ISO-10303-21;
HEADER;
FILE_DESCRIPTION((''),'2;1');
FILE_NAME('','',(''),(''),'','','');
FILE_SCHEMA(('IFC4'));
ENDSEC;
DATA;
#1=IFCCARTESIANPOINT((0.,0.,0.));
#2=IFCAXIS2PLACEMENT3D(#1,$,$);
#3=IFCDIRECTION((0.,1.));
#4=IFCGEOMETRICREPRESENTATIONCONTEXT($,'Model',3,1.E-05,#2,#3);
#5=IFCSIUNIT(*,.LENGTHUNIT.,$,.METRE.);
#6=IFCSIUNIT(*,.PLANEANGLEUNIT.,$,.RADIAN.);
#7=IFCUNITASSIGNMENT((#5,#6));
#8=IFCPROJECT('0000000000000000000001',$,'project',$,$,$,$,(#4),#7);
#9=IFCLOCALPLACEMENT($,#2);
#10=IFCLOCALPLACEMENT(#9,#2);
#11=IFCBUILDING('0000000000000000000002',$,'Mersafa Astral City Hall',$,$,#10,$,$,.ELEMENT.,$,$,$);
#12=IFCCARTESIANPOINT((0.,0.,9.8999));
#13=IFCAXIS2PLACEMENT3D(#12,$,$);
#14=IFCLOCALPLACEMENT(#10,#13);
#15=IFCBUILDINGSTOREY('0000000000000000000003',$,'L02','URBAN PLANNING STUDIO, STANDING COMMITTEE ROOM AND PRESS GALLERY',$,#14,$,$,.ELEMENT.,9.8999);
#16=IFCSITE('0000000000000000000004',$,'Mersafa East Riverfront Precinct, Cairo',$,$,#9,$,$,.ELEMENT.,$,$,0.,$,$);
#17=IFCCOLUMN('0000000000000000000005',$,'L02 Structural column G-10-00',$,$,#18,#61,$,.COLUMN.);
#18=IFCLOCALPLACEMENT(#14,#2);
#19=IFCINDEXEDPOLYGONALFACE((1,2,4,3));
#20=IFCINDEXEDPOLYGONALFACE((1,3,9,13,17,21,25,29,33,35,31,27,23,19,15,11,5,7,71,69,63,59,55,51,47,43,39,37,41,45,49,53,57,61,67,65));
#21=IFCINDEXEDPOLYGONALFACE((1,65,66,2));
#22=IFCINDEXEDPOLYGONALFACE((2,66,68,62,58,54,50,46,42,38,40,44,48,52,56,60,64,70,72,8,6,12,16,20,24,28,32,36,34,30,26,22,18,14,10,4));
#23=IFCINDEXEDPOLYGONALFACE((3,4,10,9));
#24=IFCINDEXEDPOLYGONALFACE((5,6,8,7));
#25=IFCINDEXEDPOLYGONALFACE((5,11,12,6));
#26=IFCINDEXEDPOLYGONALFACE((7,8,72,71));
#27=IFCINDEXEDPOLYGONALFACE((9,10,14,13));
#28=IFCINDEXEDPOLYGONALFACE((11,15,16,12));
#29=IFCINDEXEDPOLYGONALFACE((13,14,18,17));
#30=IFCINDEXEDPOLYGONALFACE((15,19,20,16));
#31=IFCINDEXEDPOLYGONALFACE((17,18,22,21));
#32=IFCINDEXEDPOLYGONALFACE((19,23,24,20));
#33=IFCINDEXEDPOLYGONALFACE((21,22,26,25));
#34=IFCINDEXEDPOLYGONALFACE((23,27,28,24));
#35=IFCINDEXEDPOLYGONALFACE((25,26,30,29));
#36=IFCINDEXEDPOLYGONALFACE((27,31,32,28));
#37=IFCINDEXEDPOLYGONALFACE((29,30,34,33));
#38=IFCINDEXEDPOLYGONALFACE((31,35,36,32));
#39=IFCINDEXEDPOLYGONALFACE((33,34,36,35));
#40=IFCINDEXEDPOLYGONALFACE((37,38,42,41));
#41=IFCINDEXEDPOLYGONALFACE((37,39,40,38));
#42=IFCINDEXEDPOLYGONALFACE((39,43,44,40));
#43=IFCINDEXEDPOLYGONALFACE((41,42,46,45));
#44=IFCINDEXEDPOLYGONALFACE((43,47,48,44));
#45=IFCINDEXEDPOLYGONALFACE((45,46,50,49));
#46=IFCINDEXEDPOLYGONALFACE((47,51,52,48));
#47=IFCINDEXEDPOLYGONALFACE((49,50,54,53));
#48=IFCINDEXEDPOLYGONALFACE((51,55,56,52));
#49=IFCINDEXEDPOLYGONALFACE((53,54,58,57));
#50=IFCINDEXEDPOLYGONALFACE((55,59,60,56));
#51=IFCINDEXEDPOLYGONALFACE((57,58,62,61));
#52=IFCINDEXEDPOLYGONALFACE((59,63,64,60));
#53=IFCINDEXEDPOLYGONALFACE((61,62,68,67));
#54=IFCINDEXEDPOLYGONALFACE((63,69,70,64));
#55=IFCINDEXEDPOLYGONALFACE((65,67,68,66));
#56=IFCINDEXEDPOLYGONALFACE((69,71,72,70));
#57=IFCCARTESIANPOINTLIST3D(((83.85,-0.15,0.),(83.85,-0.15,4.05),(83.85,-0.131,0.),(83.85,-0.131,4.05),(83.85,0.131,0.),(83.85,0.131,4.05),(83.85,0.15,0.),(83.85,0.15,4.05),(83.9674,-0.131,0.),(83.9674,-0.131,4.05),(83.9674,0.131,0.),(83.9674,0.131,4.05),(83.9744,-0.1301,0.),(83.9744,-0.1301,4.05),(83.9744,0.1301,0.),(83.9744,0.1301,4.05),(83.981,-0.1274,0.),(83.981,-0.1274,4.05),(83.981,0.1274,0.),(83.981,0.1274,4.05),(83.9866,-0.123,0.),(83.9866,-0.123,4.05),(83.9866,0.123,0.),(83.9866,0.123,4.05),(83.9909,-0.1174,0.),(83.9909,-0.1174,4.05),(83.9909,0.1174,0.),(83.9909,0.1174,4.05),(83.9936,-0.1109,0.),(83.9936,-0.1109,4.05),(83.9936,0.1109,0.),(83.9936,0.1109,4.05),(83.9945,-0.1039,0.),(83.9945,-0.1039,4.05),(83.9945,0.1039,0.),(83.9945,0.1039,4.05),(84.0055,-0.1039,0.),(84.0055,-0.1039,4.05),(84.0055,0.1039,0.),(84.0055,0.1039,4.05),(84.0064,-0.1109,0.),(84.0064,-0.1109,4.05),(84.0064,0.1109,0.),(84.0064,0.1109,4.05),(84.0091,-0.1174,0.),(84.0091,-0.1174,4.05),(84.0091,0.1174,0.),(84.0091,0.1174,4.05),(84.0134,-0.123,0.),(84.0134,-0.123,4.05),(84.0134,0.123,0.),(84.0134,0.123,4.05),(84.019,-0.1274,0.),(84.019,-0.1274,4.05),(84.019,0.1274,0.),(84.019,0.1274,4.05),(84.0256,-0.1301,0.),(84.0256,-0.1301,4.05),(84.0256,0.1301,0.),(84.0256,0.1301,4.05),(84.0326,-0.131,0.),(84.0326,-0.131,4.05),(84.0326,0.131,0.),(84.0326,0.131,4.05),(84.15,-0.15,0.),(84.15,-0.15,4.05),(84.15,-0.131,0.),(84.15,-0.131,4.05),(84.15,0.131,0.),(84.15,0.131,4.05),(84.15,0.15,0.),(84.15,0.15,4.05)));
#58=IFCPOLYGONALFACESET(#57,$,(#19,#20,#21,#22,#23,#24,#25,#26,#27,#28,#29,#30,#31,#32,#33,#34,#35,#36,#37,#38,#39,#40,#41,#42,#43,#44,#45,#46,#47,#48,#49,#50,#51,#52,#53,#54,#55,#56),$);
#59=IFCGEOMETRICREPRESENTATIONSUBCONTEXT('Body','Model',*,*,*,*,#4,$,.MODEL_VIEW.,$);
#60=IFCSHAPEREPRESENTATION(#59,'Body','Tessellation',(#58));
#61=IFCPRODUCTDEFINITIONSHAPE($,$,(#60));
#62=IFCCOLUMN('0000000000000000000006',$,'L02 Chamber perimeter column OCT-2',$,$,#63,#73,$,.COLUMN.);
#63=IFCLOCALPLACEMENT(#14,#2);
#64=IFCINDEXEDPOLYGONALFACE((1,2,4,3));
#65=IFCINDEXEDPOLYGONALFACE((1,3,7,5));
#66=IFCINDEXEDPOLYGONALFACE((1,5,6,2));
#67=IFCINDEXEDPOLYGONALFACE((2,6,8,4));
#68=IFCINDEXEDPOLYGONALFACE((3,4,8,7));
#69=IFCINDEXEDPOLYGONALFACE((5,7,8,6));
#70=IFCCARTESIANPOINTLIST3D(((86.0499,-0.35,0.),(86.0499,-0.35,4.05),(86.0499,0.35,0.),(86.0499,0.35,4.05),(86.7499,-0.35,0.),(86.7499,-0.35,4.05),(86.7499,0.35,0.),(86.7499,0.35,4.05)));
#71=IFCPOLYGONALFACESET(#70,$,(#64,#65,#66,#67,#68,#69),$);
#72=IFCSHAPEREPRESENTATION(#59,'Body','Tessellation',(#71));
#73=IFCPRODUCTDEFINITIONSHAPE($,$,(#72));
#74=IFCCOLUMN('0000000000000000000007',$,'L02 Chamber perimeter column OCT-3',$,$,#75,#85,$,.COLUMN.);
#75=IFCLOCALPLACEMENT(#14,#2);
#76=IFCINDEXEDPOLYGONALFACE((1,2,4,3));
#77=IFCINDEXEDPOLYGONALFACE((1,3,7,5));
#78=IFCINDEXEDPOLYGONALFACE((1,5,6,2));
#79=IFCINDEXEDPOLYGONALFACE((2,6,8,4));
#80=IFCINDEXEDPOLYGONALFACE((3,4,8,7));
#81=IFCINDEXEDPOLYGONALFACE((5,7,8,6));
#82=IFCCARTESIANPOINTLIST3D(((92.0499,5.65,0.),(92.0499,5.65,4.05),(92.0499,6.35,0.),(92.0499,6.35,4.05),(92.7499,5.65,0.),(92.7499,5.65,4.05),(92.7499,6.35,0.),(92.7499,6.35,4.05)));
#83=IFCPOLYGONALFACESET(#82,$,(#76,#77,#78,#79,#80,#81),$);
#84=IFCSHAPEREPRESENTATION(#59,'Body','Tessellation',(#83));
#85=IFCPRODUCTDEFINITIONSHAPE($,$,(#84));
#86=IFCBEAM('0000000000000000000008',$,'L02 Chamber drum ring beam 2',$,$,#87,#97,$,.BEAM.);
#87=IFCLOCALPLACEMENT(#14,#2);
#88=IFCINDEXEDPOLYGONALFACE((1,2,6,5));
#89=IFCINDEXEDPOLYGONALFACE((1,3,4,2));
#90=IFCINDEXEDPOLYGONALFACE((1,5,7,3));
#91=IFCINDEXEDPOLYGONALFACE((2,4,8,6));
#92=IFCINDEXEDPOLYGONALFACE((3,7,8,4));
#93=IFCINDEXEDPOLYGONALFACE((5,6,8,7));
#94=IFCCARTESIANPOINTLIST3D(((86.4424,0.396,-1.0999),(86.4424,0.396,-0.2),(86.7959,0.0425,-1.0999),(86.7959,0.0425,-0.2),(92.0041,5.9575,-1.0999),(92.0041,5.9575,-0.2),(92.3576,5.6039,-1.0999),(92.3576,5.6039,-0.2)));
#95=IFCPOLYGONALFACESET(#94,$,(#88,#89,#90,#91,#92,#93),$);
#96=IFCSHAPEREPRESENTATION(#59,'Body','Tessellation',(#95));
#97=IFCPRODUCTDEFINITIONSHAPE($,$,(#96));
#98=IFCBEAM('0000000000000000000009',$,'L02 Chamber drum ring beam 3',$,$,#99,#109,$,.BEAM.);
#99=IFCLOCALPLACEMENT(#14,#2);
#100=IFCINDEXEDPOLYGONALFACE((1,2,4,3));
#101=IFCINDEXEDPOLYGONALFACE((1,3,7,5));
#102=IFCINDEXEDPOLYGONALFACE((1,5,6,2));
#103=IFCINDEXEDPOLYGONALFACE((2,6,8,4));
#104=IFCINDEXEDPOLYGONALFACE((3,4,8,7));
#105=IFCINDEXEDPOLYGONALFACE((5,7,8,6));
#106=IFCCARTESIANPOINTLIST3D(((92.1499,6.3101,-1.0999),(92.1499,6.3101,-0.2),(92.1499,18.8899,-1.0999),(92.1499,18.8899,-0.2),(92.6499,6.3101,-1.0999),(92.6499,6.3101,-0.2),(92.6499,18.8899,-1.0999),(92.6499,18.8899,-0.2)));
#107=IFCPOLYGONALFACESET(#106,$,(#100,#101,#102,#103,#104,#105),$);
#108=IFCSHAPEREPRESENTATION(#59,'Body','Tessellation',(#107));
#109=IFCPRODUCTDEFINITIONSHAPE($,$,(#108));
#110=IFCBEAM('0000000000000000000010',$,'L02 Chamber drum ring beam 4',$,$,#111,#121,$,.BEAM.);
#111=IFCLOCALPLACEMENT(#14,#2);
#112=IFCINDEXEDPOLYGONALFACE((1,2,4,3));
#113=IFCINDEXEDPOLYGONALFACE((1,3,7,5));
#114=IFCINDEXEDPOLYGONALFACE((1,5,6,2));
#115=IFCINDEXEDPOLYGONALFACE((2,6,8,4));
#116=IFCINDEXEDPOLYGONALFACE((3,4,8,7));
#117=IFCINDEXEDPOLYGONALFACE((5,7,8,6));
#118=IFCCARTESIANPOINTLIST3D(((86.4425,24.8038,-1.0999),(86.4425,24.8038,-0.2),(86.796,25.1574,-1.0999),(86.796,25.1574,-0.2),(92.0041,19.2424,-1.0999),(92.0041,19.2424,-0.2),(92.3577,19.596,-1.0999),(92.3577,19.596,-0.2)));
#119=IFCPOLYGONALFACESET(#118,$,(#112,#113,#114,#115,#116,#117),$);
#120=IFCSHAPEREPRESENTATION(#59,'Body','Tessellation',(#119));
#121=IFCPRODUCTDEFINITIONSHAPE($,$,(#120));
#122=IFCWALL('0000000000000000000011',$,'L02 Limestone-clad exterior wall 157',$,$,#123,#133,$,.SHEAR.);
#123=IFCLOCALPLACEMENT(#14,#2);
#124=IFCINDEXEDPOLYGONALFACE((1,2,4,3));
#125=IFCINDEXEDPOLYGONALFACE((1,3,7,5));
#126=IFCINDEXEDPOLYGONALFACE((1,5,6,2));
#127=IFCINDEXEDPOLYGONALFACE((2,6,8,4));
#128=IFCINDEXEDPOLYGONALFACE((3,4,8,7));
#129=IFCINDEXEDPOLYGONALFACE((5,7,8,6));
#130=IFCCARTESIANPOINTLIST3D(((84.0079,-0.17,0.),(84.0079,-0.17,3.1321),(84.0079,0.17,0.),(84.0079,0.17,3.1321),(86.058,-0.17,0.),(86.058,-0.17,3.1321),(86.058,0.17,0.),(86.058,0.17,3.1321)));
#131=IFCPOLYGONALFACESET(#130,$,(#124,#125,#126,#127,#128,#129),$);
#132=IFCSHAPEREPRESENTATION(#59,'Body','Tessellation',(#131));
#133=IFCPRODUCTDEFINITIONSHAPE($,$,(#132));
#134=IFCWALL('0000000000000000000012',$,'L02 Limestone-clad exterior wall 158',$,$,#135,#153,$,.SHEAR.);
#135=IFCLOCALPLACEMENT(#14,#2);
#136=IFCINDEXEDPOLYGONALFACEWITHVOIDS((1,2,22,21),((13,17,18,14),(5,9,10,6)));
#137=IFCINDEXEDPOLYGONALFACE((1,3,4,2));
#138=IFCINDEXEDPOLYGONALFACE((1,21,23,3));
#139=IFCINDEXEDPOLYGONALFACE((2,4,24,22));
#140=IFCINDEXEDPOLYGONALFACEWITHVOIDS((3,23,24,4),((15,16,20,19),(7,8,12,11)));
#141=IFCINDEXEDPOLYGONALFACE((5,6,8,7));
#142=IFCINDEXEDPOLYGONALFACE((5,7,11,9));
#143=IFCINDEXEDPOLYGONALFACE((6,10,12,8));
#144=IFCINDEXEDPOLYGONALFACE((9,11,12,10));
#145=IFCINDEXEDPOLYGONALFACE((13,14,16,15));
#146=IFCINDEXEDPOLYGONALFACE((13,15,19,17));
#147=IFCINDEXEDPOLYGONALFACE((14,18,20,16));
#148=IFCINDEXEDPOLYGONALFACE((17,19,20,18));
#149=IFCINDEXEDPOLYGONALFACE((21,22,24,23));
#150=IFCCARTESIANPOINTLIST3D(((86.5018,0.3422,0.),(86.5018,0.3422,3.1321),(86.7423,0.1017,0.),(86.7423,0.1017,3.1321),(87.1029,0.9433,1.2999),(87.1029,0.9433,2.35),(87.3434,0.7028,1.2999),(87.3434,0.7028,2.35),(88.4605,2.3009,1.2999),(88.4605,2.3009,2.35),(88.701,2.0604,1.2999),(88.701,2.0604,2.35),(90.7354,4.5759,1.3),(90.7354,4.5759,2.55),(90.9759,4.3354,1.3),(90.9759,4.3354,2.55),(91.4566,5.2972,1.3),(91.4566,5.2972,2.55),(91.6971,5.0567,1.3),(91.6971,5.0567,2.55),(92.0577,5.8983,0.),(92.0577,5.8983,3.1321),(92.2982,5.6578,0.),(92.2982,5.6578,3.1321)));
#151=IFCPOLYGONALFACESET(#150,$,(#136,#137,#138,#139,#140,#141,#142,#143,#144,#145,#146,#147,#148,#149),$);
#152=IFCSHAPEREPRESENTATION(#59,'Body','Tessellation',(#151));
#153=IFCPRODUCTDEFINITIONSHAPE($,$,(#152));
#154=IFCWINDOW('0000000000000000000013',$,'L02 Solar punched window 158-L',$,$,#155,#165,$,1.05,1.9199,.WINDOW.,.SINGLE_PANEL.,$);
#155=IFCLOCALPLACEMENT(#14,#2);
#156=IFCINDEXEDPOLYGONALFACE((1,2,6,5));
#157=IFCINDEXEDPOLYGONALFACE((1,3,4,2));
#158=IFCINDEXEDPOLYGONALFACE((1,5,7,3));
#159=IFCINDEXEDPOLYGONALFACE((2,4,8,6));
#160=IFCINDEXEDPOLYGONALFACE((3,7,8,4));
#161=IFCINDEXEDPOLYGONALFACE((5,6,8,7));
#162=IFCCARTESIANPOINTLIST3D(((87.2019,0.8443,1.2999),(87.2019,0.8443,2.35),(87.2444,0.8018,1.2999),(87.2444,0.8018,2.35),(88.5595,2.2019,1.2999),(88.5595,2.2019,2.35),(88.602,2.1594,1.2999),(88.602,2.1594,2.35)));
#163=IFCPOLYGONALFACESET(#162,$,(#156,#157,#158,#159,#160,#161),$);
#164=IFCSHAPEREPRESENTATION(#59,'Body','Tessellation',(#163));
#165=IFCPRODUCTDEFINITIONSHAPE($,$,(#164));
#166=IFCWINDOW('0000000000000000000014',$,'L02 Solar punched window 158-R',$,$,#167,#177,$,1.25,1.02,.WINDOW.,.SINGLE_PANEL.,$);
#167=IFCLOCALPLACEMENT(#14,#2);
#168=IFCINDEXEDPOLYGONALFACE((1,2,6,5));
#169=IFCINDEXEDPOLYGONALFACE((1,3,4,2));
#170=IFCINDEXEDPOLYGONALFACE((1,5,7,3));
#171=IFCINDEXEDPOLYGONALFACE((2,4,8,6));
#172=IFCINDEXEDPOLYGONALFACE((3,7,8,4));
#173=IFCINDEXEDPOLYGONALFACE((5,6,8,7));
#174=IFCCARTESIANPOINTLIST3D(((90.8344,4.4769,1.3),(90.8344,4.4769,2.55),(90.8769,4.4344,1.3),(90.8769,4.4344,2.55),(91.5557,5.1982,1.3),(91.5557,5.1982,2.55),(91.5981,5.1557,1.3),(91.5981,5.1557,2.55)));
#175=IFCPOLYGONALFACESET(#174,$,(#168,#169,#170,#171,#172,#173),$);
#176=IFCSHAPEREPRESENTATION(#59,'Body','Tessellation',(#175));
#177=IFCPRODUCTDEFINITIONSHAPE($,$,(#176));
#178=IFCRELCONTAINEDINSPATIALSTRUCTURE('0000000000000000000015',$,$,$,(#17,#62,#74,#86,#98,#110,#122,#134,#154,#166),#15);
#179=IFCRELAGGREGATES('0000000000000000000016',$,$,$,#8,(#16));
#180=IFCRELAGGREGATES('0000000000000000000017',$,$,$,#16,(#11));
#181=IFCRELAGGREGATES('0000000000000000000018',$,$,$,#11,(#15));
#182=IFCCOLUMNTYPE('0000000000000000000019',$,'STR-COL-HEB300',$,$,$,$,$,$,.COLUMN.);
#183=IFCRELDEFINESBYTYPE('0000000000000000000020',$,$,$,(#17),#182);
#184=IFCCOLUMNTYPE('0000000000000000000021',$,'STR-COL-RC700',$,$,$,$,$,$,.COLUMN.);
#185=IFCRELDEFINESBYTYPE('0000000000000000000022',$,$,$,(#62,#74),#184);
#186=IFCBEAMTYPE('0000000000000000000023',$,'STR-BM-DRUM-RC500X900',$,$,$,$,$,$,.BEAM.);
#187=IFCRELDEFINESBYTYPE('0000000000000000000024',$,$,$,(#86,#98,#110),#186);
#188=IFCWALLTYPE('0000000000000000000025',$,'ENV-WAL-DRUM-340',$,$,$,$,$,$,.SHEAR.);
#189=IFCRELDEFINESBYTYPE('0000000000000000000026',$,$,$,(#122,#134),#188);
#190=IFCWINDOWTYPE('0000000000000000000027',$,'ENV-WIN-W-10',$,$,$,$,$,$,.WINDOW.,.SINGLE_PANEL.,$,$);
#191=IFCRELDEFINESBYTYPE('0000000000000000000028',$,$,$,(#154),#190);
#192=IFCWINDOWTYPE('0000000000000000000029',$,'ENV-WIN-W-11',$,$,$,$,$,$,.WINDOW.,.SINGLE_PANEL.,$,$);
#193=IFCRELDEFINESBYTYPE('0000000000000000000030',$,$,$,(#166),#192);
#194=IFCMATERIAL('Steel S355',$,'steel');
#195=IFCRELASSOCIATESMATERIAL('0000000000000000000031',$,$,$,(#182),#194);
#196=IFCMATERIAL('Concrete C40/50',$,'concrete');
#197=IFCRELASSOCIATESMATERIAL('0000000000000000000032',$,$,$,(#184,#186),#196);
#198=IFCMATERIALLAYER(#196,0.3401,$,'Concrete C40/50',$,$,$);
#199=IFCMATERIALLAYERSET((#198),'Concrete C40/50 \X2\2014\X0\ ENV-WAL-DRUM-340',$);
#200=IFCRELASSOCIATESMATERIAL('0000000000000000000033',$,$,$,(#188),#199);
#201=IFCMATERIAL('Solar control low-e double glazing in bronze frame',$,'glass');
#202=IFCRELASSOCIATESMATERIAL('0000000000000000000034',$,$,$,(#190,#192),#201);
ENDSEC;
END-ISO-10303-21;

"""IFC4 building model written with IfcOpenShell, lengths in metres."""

from ifc_helpers import new_model, si_unit, direction, frame, frame_2d, origin, origin_2d, place, context, subcontext, project, spatial, rectangle, i_section, extrude, material, layer, layer_set, material_profile, profile_set, type_object, element, fill, save


model = new_model("IFC4")

# Units and contexts
model_context = context("Model", 3, precision=1e-05, world=origin(), true_north=direction((0.0, 1.0)))
body_context = subcontext(model_context, "Body", "Model", "MODEL_VIEW")
ifc_project = project(units=[si_unit("LENGTHUNIT", "METRE"), si_unit("PLANEANGLEUNIT", "RADIAN")], contexts=[model_context])

# Site, building, storey
site_placement = place(None, origin())
site = spatial("IfcSite", under=ifc_project, at=site_placement, Name="Mersafa East Riverfront Precinct, Cairo", CompositionType="ELEMENT", RefElevation=0.0)
building_placement = place(site_placement, origin())
building = spatial("IfcBuilding", under=site, at=building_placement, Name="Mersafa Astral City Hall", CompositionType="ELEMENT")
storey_placement = place(building_placement, frame((0.0, 0.0, 9.8999)))
storey = spatial("IfcBuildingStorey", under=building, at=storey_placement, Name="L02", Description="URBAN PLANNING STUDIO, STANDING COMMITTEE ROOM AND PRESS GALLERY", CompositionType="ELEMENT", Elevation=9.8999)

# Columns
ifc_material_1 = material(Name="Steel S355", Category="steel")
ifc_material_profile_1 = material_profile(ifc_material_1, i_section(OverallWidth=0.3, OverallDepth=0.3, WebThickness=0.011, FlangeThickness=0.019, FilletRadius=0.0271, at=origin_2d()), Name="HEB 300")
ifc_profile_set_1 = profile_set([ifc_material_profile_1], Name="Steel S355")
column_type_1 = type_object("IfcColumnType", Name="STR-COL-HEB300", PredefinedType="COLUMN", material=ifc_profile_set_1)
column_placement = place(storey_placement, frame((84.0, 0.0, 0.0), z_axis=(0.0, 0.0, 1.0), x_axis=(1.0, 0.0, 0.0)))
element("IfcColumn", 1, at=column_placement, inside=storey, type_object=column_type_1, Name="L02 Structural column G-10-00", PredefinedType="COLUMN", context=body_context, shape_type="SweptSolid", body=[
    extrude(i_section(OverallWidth=0.3, OverallDepth=0.3, WebThickness=0.011, FlangeThickness=0.019, FilletRadius=0.0271, at=origin_2d()), origin(), (0.0, 0.0, 1.0), 4.05),
])
ifc_material_2 = material(Name="Concrete C40/50", Category="concrete")
ifc_material_profile_2 = material_profile(ifc_material_2, rectangle(XDim=0.7, YDim=0.7, at=origin_2d()), Name="RC 700x700")
ifc_profile_set_2 = profile_set([ifc_material_profile_2], Name="Concrete C40/50")
column_type_2 = type_object("IfcColumnType", Name="STR-COL-RC700", PredefinedType="COLUMN", material=ifc_profile_set_2)
for number, where, z_axis, x_axis, name in (
    (2, (86.3999, 0.0, 0.0), (0.0, 0.0, 1.0), (1.0, 0.0, 0.0), "L02 Chamber perimeter column OCT-2"),
    (3, (92.3999, 6.0, 0.0), (0.0, 0.0, 1.0), (1.0, 0.0, 0.0), "L02 Chamber perimeter column OCT-3"),
):
    element("IfcColumn", number, at=place(storey_placement, frame(where, z_axis=z_axis, x_axis=x_axis)), inside=storey, type_object=column_type_2, Name=name, PredefinedType="COLUMN", context=body_context, shape_type="SweptSolid", body=[
        extrude(rectangle(XDim=0.7, YDim=0.7, at=origin_2d()), origin(), (0.0, 0.0, 1.0), 4.05),
    ])

# Beams
ifc_material_profile_3 = material_profile(ifc_material_2, rectangle(XDim=0.5, YDim=0.8999, at=origin_2d()), Name="RC 500x900")
ifc_profile_set_3 = profile_set([ifc_material_profile_3], Name="Concrete C40/50")
beam_type = type_object("IfcBeamType", Name="STR-BM-DRUM-RC500X900", PredefinedType="BEAM", material=ifc_profile_set_3)
beam_1_placement = place(storey_placement, frame((86.6191, 0.2192, -0.6499), z_axis=(0.707122, 0.707091, 0.0), x_axis=(-0.707091, 0.707122, 0.0)))
element("IfcBeam", 4, at=beam_1_placement, inside=storey, type_object=beam_type, Name="L02 Chamber drum ring beam 2", PredefinedType="BEAM", context=body_context, shape_type="SweptSolid", body=[
    extrude(rectangle(XDim=0.5, YDim=0.8999, at=origin_2d()), origin(), (0.0, 0.0, 1.0), 7.8652),
])
beam_2_placement = place(storey_placement, frame((92.3999, 6.3101, -0.6499), z_axis=(0.0, 1.0, 0.0), x_axis=(-1.0, 0.0, 0.0)))
element("IfcBeam", 5, at=beam_2_placement, inside=storey, type_object=beam_type, Name="L02 Chamber drum ring beam 3", PredefinedType="BEAM", context=body_context, shape_type="SweptSolid", body=[
    extrude(rectangle(XDim=0.5, YDim=0.8999, at=origin_2d()), origin(), (0.0, 0.0, 1.0), 12.5798),
])
beam_3_placement = place(storey_placement, frame((92.1809, 19.4192, -0.6499), z_axis=(-0.707122, 0.707091, 0.0), x_axis=(-0.707091, -0.707122, 0.0)))
element("IfcBeam", 6, at=beam_3_placement, inside=storey, type_object=beam_type, Name="L02 Chamber drum ring beam 4", PredefinedType="BEAM", context=body_context, shape_type="SweptSolid", body=[
    extrude(rectangle(XDim=0.5, YDim=0.8999, at=origin_2d()), origin(), (0.0, 0.0, 1.0), 7.8652),
])

# Wall
ifc_layer_1 = layer(ifc_material_2, 0.3401, Name="Concrete C40/50")
ifc_layer_set_1 = layer_set([ifc_layer_1], Name="Concrete C40/50 — ENV-WAL-DRUM-340")
wall_type_1 = type_object("IfcWallType", Name="ENV-WAL-DRUM-340", PredefinedType="SHEAR", material=ifc_layer_set_1)
wall_1_placement = place(storey_placement, frame((84.0081, 0.0, 0.0), z_axis=(0.0, 0.0, 1.0), x_axis=(1.0, 0.0, 0.0)))
element("IfcWall", 7, at=wall_1_placement, inside=storey, type_object=wall_type_1, Name="L02 Limestone-clad exterior wall 157", PredefinedType="SHEAR", context=body_context, shape_type="SweptSolid", body=[
    extrude(rectangle(XDim=2.05, YDim=0.3401, at=frame_2d((1.0249, 0.0))), origin(), (0.0, 0.0, 1.0), 3.1321),
])

# Wall, openings, windows
wall_2_placement = place(storey_placement, frame((86.6221, 0.2219, 0.0), z_axis=(0.0, 0.0, 1.0), x_axis=(0.707091, 0.707122, 0.0)))
wall_2 = element("IfcWall", 8, at=wall_2_placement, inside=storey, type_object=wall_type_1, Name="L02 Limestone-clad exterior wall 158", PredefinedType="SHEAR", context=body_context, shape_type="SweptSolid", body=[
    extrude(rectangle(XDim=7.8574, YDim=0.3401, at=frame_2d((3.9287, 0.0))), origin(), (0.0, 0.0, 1.0), 3.1321),
])
opening_1_placement = place(wall_2_placement, frame((0.8501, 0.0, 1.3)))
opening_1 = element("IfcOpeningElement", 9, at=opening_1_placement, cuts=wall_2, PredefinedType="OPENING", context=body_context, shape_type="SweptSolid", body=[
    extrude(rectangle(XDim=1.9199, YDim=1.05, at=frame_2d((0.96, 0.5249))), frame((0.0, 0.1799, 0.0), z_axis=(0.0, -1.0, 0.0), x_axis=(1.0, 0.0, 0.0)), (0.0, 0.0, 1.0), 0.3601),
])
opening_2_placement = place(wall_2_placement, frame((5.9873, 0.0, 1.3)))
opening_2 = element("IfcOpeningElement", 10, at=opening_2_placement, cuts=wall_2, PredefinedType="OPENING", context=body_context, shape_type="SweptSolid", body=[
    extrude(rectangle(XDim=1.02, YDim=1.25, at=frame_2d((0.51, 0.625))), frame((0.0, 0.1799, 0.0), z_axis=(0.0, -1.0, 0.0), x_axis=(1.0, 0.0, 0.0)), (0.0, 0.0, 1.0), 0.3601),
])
ifc_material_3 = material(Name="Solar control low-e double glazing in bronze frame", Category="glass")
window_type_1 = type_object("IfcWindowType", Name="ENV-WIN-W-10", PartitioningType="SINGLE_PANEL", PredefinedType="WINDOW", material=ifc_material_3)
window_1_placement = place(opening_1_placement, origin())
window_1 = element("IfcWindow", 11, at=window_1_placement, inside=storey, type_object=window_type_1, Name="L02 Solar punched window 158-L", OverallHeight=1.05, OverallWidth=1.9199, PartitioningType="SINGLE_PANEL", PredefinedType="WINDOW", context=body_context, shape_type="SweptSolid", body=[
    extrude(rectangle(XDim=1.9199, YDim=1.05, at=frame_2d((0.96, 0.5249))), frame((0.0, 0.03, 0.0), z_axis=(0.0, -1.0, 0.0), x_axis=(1.0, 0.0, 0.0)), (0.0, 0.0, 1.0), 0.0601),
])
fill(opening_1, window_1)
window_type_2 = type_object("IfcWindowType", Name="ENV-WIN-W-11", PartitioningType="SINGLE_PANEL", PredefinedType="WINDOW", material=ifc_material_3)
window_2_placement = place(opening_2_placement, origin())
window_2 = element("IfcWindow", 12, at=window_2_placement, inside=storey, type_object=window_type_2, Name="L02 Solar punched window 158-R", OverallHeight=1.25, OverallWidth=1.02, PartitioningType="SINGLE_PANEL", PredefinedType="WINDOW", context=body_context, shape_type="SweptSolid", body=[
    extrude(rectangle(XDim=1.02, YDim=1.25, at=frame_2d((0.51, 0.625))), frame((0.0, 0.03, 0.0), z_axis=(0.0, -1.0, 0.0), x_axis=(1.0, 0.0, 0.0)), (0.0, 0.0, 1.0), 0.0601),
])
fill(opening_2, window_2)

save(model, "model.ifc")
